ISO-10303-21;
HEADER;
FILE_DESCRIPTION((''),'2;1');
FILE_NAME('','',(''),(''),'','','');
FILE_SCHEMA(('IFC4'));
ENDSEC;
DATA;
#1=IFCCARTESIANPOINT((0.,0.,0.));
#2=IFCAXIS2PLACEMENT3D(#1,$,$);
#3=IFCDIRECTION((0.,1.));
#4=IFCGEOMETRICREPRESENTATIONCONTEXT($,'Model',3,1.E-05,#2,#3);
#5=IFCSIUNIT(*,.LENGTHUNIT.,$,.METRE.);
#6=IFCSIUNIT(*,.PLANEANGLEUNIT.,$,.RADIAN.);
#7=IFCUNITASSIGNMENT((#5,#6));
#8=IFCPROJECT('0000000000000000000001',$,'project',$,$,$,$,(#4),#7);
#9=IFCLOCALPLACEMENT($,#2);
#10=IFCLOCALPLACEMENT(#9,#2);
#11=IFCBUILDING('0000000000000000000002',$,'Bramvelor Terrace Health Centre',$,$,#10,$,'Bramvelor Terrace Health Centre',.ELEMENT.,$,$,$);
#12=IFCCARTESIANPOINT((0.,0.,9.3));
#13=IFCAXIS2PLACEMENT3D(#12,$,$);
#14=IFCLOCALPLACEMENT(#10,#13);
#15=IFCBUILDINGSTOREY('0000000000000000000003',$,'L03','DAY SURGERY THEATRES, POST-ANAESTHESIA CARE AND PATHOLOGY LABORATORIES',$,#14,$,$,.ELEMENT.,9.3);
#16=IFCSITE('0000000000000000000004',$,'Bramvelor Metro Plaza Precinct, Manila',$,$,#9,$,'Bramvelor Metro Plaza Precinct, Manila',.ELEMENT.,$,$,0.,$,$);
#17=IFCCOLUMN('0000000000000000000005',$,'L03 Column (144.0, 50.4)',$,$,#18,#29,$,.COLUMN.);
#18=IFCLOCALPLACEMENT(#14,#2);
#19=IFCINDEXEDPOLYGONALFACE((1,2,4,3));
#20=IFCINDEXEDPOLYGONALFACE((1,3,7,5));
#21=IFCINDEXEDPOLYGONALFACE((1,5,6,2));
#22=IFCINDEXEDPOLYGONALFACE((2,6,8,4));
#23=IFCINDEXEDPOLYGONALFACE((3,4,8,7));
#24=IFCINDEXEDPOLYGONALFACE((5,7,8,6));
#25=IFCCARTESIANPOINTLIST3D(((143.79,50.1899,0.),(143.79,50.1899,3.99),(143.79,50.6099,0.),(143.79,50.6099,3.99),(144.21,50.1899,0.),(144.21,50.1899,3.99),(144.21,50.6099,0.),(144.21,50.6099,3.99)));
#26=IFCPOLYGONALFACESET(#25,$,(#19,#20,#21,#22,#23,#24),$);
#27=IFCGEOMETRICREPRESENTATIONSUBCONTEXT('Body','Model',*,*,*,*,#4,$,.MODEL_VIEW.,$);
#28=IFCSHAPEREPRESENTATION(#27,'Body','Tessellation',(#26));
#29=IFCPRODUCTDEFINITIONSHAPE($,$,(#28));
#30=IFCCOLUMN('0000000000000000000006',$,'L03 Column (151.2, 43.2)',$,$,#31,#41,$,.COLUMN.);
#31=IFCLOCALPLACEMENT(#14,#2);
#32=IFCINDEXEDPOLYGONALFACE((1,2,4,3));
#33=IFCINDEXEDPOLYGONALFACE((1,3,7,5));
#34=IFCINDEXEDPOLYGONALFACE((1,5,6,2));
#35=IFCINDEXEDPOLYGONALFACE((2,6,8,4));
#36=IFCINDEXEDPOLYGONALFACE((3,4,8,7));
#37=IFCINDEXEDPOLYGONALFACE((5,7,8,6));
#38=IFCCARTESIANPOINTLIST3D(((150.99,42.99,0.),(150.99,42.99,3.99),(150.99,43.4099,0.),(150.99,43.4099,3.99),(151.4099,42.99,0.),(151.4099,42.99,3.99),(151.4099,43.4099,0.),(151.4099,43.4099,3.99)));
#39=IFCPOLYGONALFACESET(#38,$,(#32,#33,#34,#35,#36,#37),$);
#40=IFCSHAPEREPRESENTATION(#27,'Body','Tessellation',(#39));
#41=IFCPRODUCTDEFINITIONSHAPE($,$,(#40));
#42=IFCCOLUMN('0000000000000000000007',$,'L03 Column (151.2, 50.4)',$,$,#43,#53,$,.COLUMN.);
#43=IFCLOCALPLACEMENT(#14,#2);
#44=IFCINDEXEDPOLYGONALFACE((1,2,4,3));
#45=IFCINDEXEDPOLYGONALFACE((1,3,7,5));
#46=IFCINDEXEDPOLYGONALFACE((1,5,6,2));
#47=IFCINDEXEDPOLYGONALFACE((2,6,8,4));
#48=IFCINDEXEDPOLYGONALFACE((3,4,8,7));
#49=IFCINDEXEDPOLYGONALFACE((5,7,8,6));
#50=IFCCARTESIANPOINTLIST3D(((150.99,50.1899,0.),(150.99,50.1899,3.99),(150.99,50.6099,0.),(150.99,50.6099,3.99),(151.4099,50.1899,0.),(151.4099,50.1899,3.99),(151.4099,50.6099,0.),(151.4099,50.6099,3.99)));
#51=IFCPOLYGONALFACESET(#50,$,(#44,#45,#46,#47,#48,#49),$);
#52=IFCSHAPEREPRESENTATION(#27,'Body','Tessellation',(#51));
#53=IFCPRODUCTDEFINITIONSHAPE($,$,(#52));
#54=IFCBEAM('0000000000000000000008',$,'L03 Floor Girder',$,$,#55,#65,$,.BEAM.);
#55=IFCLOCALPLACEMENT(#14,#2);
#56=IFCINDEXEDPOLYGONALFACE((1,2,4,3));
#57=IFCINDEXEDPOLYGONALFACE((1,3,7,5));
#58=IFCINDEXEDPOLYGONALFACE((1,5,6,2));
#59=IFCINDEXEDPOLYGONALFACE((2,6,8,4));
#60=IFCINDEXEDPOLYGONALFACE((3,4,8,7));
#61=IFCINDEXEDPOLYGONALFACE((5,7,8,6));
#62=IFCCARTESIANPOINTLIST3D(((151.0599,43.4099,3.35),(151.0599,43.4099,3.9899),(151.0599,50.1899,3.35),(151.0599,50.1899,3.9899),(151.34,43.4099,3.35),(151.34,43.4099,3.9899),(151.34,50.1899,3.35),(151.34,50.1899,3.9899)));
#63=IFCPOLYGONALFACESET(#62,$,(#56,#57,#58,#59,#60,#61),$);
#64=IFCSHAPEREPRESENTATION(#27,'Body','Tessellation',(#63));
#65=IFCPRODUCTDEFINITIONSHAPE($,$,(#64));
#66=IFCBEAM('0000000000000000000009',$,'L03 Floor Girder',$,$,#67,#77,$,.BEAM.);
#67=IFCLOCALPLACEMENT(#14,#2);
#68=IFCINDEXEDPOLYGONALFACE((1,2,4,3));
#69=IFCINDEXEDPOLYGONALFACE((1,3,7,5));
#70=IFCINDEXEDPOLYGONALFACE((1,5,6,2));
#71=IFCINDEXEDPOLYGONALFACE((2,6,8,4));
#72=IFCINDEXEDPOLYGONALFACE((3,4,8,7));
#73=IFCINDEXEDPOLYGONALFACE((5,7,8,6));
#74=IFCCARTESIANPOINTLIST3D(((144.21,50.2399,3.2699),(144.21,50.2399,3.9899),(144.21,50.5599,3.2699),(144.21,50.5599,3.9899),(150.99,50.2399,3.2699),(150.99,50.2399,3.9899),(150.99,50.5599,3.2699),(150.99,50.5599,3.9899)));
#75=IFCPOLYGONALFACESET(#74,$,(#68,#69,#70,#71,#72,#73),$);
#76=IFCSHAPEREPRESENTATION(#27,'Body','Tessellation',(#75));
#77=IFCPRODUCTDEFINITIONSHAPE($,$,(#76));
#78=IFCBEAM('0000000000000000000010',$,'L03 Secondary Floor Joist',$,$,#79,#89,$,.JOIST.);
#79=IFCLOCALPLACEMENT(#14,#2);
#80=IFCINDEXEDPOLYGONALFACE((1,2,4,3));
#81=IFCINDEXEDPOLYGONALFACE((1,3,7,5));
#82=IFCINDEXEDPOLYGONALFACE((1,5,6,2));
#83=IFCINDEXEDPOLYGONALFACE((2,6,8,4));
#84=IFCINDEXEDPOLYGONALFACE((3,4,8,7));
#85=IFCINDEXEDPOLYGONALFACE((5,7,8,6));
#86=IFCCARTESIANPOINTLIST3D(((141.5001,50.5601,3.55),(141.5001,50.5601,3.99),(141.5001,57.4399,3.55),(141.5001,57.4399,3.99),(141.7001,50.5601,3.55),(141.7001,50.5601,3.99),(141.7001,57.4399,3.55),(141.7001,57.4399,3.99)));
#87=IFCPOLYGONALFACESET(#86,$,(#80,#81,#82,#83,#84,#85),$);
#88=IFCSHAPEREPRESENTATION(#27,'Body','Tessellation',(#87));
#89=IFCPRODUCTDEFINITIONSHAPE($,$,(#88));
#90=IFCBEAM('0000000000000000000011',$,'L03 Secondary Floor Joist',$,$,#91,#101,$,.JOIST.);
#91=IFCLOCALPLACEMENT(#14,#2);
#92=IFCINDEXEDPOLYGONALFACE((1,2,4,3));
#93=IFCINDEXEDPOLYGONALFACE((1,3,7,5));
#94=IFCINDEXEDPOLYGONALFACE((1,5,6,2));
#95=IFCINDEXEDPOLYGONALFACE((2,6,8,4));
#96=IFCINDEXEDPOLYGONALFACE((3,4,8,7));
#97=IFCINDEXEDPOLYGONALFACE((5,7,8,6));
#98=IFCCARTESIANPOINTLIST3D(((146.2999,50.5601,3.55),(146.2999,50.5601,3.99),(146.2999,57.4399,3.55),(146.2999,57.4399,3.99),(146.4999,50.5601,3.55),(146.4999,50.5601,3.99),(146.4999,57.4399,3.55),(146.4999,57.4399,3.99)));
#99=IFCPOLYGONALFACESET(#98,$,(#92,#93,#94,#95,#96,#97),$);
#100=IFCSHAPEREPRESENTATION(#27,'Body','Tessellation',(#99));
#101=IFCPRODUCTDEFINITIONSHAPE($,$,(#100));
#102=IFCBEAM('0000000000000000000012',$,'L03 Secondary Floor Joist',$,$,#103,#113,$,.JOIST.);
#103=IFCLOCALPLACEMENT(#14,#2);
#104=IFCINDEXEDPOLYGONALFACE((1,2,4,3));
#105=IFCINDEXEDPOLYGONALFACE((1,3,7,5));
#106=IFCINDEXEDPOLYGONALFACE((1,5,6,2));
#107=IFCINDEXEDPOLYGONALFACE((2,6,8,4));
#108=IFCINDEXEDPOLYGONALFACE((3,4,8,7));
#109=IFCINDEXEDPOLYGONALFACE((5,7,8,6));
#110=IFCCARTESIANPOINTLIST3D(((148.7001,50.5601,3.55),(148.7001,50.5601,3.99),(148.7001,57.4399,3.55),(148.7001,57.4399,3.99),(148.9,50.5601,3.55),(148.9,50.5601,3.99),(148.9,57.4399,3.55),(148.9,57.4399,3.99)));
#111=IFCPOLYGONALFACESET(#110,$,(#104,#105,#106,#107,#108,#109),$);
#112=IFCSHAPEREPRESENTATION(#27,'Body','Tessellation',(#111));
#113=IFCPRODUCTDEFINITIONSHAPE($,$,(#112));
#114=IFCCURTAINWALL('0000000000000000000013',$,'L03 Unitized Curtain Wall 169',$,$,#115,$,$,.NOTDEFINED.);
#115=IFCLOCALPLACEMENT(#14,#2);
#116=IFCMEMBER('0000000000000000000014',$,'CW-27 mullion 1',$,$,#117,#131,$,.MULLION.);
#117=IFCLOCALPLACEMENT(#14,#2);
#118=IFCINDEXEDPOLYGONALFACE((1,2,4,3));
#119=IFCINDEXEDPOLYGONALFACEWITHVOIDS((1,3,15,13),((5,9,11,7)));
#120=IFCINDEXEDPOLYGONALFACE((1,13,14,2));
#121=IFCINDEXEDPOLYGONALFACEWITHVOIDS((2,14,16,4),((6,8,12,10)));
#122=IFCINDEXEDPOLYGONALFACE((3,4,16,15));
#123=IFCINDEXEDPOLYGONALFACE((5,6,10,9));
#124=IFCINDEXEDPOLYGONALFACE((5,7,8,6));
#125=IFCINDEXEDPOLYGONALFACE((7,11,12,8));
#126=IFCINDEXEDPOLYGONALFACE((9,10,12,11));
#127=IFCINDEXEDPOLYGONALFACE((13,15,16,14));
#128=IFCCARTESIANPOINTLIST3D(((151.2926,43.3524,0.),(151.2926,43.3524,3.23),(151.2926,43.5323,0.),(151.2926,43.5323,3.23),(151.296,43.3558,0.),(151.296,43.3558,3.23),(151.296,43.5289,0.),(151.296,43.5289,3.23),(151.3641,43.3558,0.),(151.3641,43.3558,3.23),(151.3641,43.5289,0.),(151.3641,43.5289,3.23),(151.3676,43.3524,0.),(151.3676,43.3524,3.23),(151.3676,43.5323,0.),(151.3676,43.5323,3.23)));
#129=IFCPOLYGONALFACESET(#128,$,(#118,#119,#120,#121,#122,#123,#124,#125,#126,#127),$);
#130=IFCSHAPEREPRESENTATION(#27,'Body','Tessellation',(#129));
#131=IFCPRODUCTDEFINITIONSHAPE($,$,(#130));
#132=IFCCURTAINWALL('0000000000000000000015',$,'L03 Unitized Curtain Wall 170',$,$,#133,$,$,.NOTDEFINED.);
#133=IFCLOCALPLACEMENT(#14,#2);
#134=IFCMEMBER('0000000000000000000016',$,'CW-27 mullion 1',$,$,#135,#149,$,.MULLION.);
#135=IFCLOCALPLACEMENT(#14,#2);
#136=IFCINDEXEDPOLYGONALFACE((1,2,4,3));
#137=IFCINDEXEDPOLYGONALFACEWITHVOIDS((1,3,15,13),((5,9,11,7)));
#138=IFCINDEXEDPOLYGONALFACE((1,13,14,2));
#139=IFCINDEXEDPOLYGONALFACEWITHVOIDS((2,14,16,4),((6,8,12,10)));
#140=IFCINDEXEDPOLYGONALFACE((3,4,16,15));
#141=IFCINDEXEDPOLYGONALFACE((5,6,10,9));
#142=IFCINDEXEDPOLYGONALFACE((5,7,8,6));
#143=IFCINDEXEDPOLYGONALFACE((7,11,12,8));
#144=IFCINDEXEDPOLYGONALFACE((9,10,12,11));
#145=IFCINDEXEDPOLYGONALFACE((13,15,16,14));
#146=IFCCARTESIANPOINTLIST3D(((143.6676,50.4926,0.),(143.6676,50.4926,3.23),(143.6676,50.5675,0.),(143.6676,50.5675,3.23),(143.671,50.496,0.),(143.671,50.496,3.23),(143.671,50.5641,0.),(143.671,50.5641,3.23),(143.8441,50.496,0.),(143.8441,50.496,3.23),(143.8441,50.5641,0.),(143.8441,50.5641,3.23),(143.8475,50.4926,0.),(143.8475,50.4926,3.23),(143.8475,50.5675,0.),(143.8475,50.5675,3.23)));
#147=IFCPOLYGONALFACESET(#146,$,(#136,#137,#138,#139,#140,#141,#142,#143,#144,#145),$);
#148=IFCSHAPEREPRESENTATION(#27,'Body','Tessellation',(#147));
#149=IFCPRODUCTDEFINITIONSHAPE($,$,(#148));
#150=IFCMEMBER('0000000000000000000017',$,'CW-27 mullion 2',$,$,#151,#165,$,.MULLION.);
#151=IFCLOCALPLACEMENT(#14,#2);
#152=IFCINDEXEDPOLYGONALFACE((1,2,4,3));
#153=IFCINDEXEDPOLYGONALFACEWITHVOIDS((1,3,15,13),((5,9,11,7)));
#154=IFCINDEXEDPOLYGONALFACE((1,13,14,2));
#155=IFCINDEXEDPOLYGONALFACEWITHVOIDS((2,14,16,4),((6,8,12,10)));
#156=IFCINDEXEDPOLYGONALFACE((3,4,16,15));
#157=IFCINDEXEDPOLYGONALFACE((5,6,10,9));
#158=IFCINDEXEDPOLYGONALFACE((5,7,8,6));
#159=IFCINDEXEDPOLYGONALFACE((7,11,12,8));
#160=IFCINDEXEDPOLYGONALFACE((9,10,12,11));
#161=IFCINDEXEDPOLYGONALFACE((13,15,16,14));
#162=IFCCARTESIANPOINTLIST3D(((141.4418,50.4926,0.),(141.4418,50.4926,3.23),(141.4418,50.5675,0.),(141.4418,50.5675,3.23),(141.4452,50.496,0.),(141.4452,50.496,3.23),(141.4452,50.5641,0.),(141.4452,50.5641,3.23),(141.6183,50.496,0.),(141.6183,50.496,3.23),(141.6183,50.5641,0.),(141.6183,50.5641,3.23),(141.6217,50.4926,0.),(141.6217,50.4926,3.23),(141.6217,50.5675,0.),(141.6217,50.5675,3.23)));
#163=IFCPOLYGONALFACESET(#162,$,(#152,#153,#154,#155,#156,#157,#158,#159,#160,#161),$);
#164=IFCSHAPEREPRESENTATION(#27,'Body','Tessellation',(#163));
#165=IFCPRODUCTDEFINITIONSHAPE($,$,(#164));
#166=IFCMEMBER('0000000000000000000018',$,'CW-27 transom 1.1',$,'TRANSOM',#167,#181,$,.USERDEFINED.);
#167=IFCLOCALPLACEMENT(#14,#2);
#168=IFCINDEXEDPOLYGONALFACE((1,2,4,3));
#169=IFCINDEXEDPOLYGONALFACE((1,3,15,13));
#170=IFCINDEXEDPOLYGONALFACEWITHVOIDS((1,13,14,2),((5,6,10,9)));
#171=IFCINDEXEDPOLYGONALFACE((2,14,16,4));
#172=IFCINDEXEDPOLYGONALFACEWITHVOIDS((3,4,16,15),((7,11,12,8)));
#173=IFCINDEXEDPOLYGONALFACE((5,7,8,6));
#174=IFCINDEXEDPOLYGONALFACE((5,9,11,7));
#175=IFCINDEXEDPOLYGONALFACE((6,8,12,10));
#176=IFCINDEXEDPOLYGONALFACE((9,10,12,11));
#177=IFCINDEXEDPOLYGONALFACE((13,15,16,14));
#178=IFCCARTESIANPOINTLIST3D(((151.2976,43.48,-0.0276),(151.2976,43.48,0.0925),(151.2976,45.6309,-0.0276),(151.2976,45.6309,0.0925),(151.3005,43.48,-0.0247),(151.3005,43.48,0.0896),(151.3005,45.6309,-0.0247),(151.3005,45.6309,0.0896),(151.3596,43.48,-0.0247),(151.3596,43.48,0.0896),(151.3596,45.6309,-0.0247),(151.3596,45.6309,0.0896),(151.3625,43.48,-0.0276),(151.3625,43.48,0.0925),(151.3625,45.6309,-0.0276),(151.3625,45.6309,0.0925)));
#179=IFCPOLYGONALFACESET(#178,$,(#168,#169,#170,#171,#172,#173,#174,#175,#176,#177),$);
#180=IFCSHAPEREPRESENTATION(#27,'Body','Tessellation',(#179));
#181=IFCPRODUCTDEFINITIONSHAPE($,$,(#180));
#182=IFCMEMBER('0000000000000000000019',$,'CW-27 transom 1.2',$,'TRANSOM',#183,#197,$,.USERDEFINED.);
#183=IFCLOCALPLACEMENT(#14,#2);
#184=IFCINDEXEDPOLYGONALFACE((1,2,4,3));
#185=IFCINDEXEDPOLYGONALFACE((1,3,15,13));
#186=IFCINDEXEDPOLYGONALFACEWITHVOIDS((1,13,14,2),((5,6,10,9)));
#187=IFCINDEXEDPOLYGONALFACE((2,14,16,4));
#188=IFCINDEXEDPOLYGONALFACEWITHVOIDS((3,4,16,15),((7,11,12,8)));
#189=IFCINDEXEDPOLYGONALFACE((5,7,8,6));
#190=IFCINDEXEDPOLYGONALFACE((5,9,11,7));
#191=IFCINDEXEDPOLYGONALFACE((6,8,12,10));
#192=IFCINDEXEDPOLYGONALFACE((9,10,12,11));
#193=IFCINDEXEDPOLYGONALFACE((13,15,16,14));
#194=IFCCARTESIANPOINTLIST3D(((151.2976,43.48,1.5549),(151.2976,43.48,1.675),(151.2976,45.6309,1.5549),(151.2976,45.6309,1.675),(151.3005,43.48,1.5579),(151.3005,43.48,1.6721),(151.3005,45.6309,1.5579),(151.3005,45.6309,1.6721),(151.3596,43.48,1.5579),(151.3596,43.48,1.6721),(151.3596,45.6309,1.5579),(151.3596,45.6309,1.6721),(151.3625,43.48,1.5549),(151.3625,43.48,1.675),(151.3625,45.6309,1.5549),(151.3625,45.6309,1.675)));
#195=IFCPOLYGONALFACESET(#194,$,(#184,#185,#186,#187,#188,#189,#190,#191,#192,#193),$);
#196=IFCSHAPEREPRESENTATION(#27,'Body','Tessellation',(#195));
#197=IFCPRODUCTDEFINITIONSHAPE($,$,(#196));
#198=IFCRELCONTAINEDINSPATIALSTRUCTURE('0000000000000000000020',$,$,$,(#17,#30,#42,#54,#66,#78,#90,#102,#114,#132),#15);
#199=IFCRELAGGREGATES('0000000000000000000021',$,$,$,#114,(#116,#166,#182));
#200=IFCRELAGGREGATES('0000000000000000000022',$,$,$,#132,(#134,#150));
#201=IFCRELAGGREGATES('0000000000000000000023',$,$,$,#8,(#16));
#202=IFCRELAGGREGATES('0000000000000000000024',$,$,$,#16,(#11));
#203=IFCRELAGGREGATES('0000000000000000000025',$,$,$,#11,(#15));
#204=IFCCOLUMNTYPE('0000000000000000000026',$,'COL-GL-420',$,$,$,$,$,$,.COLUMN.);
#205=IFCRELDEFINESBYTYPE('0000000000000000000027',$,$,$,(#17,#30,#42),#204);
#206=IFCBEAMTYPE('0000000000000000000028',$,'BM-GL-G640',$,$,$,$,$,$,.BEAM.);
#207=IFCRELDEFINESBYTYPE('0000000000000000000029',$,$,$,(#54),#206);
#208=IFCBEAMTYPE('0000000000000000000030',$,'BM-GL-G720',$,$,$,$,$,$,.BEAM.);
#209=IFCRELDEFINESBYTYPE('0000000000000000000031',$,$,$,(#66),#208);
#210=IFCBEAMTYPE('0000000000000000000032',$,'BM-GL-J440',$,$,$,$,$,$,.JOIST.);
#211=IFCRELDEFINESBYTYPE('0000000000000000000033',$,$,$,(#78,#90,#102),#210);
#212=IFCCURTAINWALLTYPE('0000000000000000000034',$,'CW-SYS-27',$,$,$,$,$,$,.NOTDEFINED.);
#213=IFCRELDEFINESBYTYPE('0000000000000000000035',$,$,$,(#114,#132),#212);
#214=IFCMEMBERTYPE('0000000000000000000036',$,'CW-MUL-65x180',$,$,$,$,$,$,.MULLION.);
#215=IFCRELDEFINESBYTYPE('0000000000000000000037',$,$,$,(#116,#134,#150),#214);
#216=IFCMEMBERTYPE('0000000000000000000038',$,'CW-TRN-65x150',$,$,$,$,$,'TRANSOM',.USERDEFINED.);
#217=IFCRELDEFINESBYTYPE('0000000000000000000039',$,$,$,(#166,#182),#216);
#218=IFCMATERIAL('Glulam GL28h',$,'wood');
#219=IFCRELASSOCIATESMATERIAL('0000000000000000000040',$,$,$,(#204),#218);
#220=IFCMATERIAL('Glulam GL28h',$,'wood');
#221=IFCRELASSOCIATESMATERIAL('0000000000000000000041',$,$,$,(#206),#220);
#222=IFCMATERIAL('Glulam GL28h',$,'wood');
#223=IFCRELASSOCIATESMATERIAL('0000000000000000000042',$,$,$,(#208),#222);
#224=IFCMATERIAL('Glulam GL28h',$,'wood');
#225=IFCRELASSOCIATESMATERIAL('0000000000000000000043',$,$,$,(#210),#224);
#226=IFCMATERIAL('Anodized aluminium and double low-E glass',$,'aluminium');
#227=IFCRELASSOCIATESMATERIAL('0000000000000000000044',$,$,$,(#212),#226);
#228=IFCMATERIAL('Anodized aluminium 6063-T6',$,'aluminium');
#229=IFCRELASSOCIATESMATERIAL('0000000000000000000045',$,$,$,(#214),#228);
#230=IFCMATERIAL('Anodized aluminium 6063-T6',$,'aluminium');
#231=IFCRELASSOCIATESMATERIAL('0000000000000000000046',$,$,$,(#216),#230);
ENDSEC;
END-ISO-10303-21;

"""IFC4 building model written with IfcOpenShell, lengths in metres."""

from ifc_helpers import new_model, si_unit, direction, frame, origin, origin_2d, place, context, subcontext, project, spatial, rectangle, hollow_rectangle, extrude, material, material_profile, profile_set, type_object, element, aggregate, save


model = new_model("IFC4")

# Units and contexts
model_context = context("Model", 3, precision=1e-05, world=origin(), true_north=direction((0.0, 1.0)))
body_context = subcontext(model_context, "Body", "Model", "MODEL_VIEW")
ifc_project = project(units=[si_unit("LENGTHUNIT", "METRE"), si_unit("PLANEANGLEUNIT", "RADIAN")], contexts=[model_context])

# Site, building, storey
site_placement = place(None, origin())
site = spatial("IfcSite", under=ifc_project, at=site_placement, Name="Bramvelor Metro Plaza Precinct, Manila", LongName="Bramvelor Metro Plaza Precinct, Manila", CompositionType="ELEMENT", RefElevation=0.0)
building_placement = place(site_placement, origin())
building = spatial("IfcBuilding", under=site, at=building_placement, Name="Bramvelor Terrace Health Centre", LongName="Bramvelor Terrace Health Centre", CompositionType="ELEMENT")
storey_placement = place(building_placement, frame((0.0, 0.0, 9.3)))
storey = spatial("IfcBuildingStorey", under=building, at=storey_placement, Name="L03", Description="DAY SURGERY THEATRES, POST-ANAESTHESIA CARE AND PATHOLOGY LABORATORIES", CompositionType="ELEMENT", Elevation=9.3)

# Columns
ifc_material_1 = material(Name="Glulam GL28h", Category="wood")
ifc_material_profile_1 = material_profile(ifc_material_1, rectangle(XDim=0.4199, YDim=0.4199, at=origin_2d()), Name="GL 420x420")
ifc_profile_set_1 = profile_set([ifc_material_profile_1], Name="Glulam GL28h")
column_type = type_object("IfcColumnType", Name="COL-GL-420", PredefinedType="COLUMN", material=ifc_profile_set_1)
for number, where, z_axis, x_axis, name in (
    (1, (144.0, 50.3999, 0.0), (0.0, 0.0, 1.0), (1.0, 0.0, 0.0), "L03 Column (144.0, 50.4)"),
    (2, (151.2, 43.2, 0.0), (0.0, 0.0, 1.0), (1.0, 0.0, 0.0), "L03 Column (151.2, 43.2)"),
    (3, (151.2, 50.3999, 0.0), (0.0, 0.0, 1.0), (1.0, 0.0, 0.0), "L03 Column (151.2, 50.4)"),
):
    element("IfcColumn", number, at=place(storey_placement, frame(where, z_axis=z_axis, x_axis=x_axis)), inside=storey, type_object=column_type, Name=name, PredefinedType="COLUMN", context=body_context, shape_type="SweptSolid", body=[
        extrude(rectangle(XDim=0.4199, YDim=0.4199, at=origin_2d()), origin(), (0.0, 0.0, 1.0), 3.99),
    ])

# Beams
ifc_material_2 = material(Name="Glulam GL28h", Category="wood")
ifc_material_profile_2 = material_profile(ifc_material_2, rectangle(XDim=0.28, YDim=0.6399, at=origin_2d()), Name="GL 280x640")
ifc_profile_set_2 = profile_set([ifc_material_profile_2], Name="Glulam GL28h")
beam_type_1 = type_object("IfcBeamType", Name="BM-GL-G640", PredefinedType="BEAM", material=ifc_profile_set_2)
beam_1_placement = place(storey_placement, frame((151.2, 43.4099, 3.6699), z_axis=(0.0, 1.0, 0.0), x_axis=(-1.0, 0.0, 0.0)))
element("IfcBeam", 4, at=beam_1_placement, inside=storey, type_object=beam_type_1, Name="L03 Floor Girder", PredefinedType="BEAM", context=body_context, shape_type="SweptSolid", body=[
    extrude(rectangle(XDim=0.28, YDim=0.6399, at=origin_2d()), origin(), (0.0, 0.0, 1.0), 6.78),
])
ifc_material_3 = material(Name="Glulam GL28h", Category="wood")
ifc_material_profile_3 = material_profile(ifc_material_3, rectangle(XDim=0.3201, YDim=0.72, at=origin_2d()), Name="GL 320x720")
ifc_profile_set_3 = profile_set([ifc_material_profile_3], Name="Glulam GL28h")
beam_type_2 = type_object("IfcBeamType", Name="BM-GL-G720", PredefinedType="BEAM", material=ifc_profile_set_3)
beam_2_placement = place(storey_placement, frame((144.21, 50.3999, 3.6299), z_axis=(1.0, 0.0, 0.0), x_axis=(0.0, 1.0, 0.0)))
element("IfcBeam", 5, at=beam_2_placement, inside=storey, type_object=beam_type_2, Name="L03 Floor Girder", PredefinedType="BEAM", context=body_context, shape_type="SweptSolid", body=[
    extrude(rectangle(XDim=0.3201, YDim=0.72, at=origin_2d()), origin(), (0.0, 0.0, 1.0), 6.78),
])
ifc_material_4 = material(Name="Glulam GL28h", Category="wood")
ifc_material_profile_4 = material_profile(ifc_material_4, rectangle(XDim=0.2, YDim=0.4399, at=origin_2d()), Name="GL 200x440")
ifc_profile_set_4 = profile_set([ifc_material_profile_4], Name="Glulam GL28h")
beam_type_3 = type_object("IfcBeamType", Name="BM-GL-J440", PredefinedType="JOIST", material=ifc_profile_set_4)
for number, where, z_axis, x_axis, name in (
    (6, (141.6001, 50.5601, 3.77), (0.0, 1.0, 0.0), (-1.0, 0.0, 0.0), "L03 Secondary Floor Joist"),
    (7, (146.3999, 50.5601, 3.77), (0.0, 1.0, 0.0), (-1.0, 0.0, 0.0), "L03 Secondary Floor Joist"),
    (8, (148.8, 50.5601, 3.77), (0.0, 1.0, 0.0), (-1.0, 0.0, 0.0), "L03 Secondary Floor Joist"),
):
    element("IfcBeam", number, at=place(storey_placement, frame(where, z_axis=z_axis, x_axis=x_axis)), inside=storey, type_object=beam_type_3, Name=name, PredefinedType="JOIST", context=body_context, shape_type="SweptSolid", body=[
        extrude(rectangle(XDim=0.2, YDim=0.4399, at=origin_2d()), origin(), (0.0, 0.0, 1.0), 6.8799),
    ])

# Curtain wall, member
ifc_material_5 = material(Name="Anodized aluminium and double low-E glass", Category="aluminium")
curtain_wall_type = type_object("IfcCurtainWallType", Name="CW-SYS-27", PredefinedType="NOTDEFINED", material=ifc_material_5)
curtain_wall_1_placement = place(storey_placement, origin())
curtain_wall_1 = element("IfcCurtainWall", 9, at=curtain_wall_1_placement, inside=storey, type_object=curtain_wall_type, Name="L03 Unitized Curtain Wall 169", PredefinedType="NOTDEFINED")
ifc_material_6 = material(Name="Anodized aluminium 6063-T6", Category="aluminium")
ifc_material_profile_5 = material_profile(ifc_material_6, hollow_rectangle(XDim=0.075, YDim=0.1799, WallThickness=0.0034, at=origin_2d()), Name="ALU-MUL 75x180x3.5")
ifc_profile_set_5 = profile_set([ifc_material_profile_5], Name="Anodized aluminium 6063-T6")
member_type_1 = type_object("IfcMemberType", Name="CW-MUL-65x180", PredefinedType="MULLION", material=ifc_profile_set_5)
member_1_placement = place(storey_placement, frame((151.3301, 43.4424, 0.0), z_axis=(0.0, 0.0, 1.0), x_axis=(-1.0, 0.0, 0.0)))
member_1 = element("IfcMember", 10, at=member_1_placement, type_object=member_type_1, Name="CW-27 mullion 1", PredefinedType="MULLION", context=body_context, shape_type="SweptSolid", body=[
    extrude(hollow_rectangle(XDim=0.075, YDim=0.1799, WallThickness=0.0034, at=origin_2d()), origin(), (0.0, 0.0, 1.0), 3.23),
])

# Curtain wall, members
curtain_wall_2_placement = place(storey_placement, origin())
curtain_wall_2 = element("IfcCurtainWall", 11, at=curtain_wall_2_placement, inside=storey, type_object=curtain_wall_type, Name="L03 Unitized Curtain Wall 170", PredefinedType="NOTDEFINED")
member_2_placement = place(storey_placement, frame((143.7576, 50.53, 0.0), z_axis=(0.0, 0.0, 1.0), x_axis=(0.0, -1.0, 0.0)))
member_2 = element("IfcMember", 12, at=member_2_placement, type_object=member_type_1, Name="CW-27 mullion 1", PredefinedType="MULLION", context=body_context, shape_type="SweptSolid", body=[
    extrude(hollow_rectangle(XDim=0.075, YDim=0.1799, WallThickness=0.0034, at=origin_2d()), origin(), (0.0, 0.0, 1.0), 3.23),
])
member_3_placement = place(storey_placement, frame((141.5317, 50.53, 0.0), z_axis=(0.0, 0.0, 1.0), x_axis=(0.0, -1.0, 0.0)))
member_3 = element("IfcMember", 13, at=member_3_placement, type_object=member_type_1, Name="CW-27 mullion 2", PredefinedType="MULLION", context=body_context, shape_type="SweptSolid", body=[
    extrude(hollow_rectangle(XDim=0.075, YDim=0.1799, WallThickness=0.0034, at=origin_2d()), origin(), (0.0, 0.0, 1.0), 3.23),
])

# Members
ifc_material_7 = material(Name="Anodized aluminium 6063-T6", Category="aluminium")
ifc_material_profile_6 = material_profile(ifc_material_7, hollow_rectangle(XDim=0.0649, YDim=0.1201, WallThickness=0.0029, at=origin_2d()), Name="ALU-TRN 65x120x3.0")
ifc_profile_set_6 = profile_set([ifc_material_profile_6], Name="Anodized aluminium 6063-T6")
member_type_2 = type_object("IfcMemberType", Name="CW-TRN-65x150", ElementType="TRANSOM", PredefinedType="USERDEFINED", material=ifc_profile_set_6)
member_4_placement = place(storey_placement, frame((151.3301, 43.48, 0.0325), z_axis=(0.0, 1.0, 0.0), x_axis=(-1.0, 0.0, 0.0)))
member_4 = element("IfcMember", 14, at=member_4_placement, type_object=member_type_2, Name="CW-27 transom 1.1", ObjectType="TRANSOM", PredefinedType="USERDEFINED", context=body_context, shape_type="SweptSolid", body=[
    extrude(hollow_rectangle(XDim=0.0649, YDim=0.1201, WallThickness=0.0029, at=origin_2d()), origin(), (0.0, 0.0, 1.0), 2.1509),
])
member_5_placement = place(storey_placement, frame((151.3301, 43.48, 1.615), z_axis=(0.0, 1.0, 0.0), x_axis=(-1.0, 0.0, 0.0)))
member_5 = element("IfcMember", 15, at=member_5_placement, type_object=member_type_2, Name="CW-27 transom 1.2", ObjectType="TRANSOM", PredefinedType="USERDEFINED", context=body_context, shape_type="SweptSolid", body=[
    extrude(hollow_rectangle(XDim=0.0649, YDim=0.1201, WallThickness=0.0029, at=origin_2d()), origin(), (0.0, 0.0, 1.0), 2.1509),
])

aggregate(curtain_wall_1, [member_1, member_4, member_5])
aggregate(curtain_wall_2, [member_2, member_3])

save(model, "model.ifc")
